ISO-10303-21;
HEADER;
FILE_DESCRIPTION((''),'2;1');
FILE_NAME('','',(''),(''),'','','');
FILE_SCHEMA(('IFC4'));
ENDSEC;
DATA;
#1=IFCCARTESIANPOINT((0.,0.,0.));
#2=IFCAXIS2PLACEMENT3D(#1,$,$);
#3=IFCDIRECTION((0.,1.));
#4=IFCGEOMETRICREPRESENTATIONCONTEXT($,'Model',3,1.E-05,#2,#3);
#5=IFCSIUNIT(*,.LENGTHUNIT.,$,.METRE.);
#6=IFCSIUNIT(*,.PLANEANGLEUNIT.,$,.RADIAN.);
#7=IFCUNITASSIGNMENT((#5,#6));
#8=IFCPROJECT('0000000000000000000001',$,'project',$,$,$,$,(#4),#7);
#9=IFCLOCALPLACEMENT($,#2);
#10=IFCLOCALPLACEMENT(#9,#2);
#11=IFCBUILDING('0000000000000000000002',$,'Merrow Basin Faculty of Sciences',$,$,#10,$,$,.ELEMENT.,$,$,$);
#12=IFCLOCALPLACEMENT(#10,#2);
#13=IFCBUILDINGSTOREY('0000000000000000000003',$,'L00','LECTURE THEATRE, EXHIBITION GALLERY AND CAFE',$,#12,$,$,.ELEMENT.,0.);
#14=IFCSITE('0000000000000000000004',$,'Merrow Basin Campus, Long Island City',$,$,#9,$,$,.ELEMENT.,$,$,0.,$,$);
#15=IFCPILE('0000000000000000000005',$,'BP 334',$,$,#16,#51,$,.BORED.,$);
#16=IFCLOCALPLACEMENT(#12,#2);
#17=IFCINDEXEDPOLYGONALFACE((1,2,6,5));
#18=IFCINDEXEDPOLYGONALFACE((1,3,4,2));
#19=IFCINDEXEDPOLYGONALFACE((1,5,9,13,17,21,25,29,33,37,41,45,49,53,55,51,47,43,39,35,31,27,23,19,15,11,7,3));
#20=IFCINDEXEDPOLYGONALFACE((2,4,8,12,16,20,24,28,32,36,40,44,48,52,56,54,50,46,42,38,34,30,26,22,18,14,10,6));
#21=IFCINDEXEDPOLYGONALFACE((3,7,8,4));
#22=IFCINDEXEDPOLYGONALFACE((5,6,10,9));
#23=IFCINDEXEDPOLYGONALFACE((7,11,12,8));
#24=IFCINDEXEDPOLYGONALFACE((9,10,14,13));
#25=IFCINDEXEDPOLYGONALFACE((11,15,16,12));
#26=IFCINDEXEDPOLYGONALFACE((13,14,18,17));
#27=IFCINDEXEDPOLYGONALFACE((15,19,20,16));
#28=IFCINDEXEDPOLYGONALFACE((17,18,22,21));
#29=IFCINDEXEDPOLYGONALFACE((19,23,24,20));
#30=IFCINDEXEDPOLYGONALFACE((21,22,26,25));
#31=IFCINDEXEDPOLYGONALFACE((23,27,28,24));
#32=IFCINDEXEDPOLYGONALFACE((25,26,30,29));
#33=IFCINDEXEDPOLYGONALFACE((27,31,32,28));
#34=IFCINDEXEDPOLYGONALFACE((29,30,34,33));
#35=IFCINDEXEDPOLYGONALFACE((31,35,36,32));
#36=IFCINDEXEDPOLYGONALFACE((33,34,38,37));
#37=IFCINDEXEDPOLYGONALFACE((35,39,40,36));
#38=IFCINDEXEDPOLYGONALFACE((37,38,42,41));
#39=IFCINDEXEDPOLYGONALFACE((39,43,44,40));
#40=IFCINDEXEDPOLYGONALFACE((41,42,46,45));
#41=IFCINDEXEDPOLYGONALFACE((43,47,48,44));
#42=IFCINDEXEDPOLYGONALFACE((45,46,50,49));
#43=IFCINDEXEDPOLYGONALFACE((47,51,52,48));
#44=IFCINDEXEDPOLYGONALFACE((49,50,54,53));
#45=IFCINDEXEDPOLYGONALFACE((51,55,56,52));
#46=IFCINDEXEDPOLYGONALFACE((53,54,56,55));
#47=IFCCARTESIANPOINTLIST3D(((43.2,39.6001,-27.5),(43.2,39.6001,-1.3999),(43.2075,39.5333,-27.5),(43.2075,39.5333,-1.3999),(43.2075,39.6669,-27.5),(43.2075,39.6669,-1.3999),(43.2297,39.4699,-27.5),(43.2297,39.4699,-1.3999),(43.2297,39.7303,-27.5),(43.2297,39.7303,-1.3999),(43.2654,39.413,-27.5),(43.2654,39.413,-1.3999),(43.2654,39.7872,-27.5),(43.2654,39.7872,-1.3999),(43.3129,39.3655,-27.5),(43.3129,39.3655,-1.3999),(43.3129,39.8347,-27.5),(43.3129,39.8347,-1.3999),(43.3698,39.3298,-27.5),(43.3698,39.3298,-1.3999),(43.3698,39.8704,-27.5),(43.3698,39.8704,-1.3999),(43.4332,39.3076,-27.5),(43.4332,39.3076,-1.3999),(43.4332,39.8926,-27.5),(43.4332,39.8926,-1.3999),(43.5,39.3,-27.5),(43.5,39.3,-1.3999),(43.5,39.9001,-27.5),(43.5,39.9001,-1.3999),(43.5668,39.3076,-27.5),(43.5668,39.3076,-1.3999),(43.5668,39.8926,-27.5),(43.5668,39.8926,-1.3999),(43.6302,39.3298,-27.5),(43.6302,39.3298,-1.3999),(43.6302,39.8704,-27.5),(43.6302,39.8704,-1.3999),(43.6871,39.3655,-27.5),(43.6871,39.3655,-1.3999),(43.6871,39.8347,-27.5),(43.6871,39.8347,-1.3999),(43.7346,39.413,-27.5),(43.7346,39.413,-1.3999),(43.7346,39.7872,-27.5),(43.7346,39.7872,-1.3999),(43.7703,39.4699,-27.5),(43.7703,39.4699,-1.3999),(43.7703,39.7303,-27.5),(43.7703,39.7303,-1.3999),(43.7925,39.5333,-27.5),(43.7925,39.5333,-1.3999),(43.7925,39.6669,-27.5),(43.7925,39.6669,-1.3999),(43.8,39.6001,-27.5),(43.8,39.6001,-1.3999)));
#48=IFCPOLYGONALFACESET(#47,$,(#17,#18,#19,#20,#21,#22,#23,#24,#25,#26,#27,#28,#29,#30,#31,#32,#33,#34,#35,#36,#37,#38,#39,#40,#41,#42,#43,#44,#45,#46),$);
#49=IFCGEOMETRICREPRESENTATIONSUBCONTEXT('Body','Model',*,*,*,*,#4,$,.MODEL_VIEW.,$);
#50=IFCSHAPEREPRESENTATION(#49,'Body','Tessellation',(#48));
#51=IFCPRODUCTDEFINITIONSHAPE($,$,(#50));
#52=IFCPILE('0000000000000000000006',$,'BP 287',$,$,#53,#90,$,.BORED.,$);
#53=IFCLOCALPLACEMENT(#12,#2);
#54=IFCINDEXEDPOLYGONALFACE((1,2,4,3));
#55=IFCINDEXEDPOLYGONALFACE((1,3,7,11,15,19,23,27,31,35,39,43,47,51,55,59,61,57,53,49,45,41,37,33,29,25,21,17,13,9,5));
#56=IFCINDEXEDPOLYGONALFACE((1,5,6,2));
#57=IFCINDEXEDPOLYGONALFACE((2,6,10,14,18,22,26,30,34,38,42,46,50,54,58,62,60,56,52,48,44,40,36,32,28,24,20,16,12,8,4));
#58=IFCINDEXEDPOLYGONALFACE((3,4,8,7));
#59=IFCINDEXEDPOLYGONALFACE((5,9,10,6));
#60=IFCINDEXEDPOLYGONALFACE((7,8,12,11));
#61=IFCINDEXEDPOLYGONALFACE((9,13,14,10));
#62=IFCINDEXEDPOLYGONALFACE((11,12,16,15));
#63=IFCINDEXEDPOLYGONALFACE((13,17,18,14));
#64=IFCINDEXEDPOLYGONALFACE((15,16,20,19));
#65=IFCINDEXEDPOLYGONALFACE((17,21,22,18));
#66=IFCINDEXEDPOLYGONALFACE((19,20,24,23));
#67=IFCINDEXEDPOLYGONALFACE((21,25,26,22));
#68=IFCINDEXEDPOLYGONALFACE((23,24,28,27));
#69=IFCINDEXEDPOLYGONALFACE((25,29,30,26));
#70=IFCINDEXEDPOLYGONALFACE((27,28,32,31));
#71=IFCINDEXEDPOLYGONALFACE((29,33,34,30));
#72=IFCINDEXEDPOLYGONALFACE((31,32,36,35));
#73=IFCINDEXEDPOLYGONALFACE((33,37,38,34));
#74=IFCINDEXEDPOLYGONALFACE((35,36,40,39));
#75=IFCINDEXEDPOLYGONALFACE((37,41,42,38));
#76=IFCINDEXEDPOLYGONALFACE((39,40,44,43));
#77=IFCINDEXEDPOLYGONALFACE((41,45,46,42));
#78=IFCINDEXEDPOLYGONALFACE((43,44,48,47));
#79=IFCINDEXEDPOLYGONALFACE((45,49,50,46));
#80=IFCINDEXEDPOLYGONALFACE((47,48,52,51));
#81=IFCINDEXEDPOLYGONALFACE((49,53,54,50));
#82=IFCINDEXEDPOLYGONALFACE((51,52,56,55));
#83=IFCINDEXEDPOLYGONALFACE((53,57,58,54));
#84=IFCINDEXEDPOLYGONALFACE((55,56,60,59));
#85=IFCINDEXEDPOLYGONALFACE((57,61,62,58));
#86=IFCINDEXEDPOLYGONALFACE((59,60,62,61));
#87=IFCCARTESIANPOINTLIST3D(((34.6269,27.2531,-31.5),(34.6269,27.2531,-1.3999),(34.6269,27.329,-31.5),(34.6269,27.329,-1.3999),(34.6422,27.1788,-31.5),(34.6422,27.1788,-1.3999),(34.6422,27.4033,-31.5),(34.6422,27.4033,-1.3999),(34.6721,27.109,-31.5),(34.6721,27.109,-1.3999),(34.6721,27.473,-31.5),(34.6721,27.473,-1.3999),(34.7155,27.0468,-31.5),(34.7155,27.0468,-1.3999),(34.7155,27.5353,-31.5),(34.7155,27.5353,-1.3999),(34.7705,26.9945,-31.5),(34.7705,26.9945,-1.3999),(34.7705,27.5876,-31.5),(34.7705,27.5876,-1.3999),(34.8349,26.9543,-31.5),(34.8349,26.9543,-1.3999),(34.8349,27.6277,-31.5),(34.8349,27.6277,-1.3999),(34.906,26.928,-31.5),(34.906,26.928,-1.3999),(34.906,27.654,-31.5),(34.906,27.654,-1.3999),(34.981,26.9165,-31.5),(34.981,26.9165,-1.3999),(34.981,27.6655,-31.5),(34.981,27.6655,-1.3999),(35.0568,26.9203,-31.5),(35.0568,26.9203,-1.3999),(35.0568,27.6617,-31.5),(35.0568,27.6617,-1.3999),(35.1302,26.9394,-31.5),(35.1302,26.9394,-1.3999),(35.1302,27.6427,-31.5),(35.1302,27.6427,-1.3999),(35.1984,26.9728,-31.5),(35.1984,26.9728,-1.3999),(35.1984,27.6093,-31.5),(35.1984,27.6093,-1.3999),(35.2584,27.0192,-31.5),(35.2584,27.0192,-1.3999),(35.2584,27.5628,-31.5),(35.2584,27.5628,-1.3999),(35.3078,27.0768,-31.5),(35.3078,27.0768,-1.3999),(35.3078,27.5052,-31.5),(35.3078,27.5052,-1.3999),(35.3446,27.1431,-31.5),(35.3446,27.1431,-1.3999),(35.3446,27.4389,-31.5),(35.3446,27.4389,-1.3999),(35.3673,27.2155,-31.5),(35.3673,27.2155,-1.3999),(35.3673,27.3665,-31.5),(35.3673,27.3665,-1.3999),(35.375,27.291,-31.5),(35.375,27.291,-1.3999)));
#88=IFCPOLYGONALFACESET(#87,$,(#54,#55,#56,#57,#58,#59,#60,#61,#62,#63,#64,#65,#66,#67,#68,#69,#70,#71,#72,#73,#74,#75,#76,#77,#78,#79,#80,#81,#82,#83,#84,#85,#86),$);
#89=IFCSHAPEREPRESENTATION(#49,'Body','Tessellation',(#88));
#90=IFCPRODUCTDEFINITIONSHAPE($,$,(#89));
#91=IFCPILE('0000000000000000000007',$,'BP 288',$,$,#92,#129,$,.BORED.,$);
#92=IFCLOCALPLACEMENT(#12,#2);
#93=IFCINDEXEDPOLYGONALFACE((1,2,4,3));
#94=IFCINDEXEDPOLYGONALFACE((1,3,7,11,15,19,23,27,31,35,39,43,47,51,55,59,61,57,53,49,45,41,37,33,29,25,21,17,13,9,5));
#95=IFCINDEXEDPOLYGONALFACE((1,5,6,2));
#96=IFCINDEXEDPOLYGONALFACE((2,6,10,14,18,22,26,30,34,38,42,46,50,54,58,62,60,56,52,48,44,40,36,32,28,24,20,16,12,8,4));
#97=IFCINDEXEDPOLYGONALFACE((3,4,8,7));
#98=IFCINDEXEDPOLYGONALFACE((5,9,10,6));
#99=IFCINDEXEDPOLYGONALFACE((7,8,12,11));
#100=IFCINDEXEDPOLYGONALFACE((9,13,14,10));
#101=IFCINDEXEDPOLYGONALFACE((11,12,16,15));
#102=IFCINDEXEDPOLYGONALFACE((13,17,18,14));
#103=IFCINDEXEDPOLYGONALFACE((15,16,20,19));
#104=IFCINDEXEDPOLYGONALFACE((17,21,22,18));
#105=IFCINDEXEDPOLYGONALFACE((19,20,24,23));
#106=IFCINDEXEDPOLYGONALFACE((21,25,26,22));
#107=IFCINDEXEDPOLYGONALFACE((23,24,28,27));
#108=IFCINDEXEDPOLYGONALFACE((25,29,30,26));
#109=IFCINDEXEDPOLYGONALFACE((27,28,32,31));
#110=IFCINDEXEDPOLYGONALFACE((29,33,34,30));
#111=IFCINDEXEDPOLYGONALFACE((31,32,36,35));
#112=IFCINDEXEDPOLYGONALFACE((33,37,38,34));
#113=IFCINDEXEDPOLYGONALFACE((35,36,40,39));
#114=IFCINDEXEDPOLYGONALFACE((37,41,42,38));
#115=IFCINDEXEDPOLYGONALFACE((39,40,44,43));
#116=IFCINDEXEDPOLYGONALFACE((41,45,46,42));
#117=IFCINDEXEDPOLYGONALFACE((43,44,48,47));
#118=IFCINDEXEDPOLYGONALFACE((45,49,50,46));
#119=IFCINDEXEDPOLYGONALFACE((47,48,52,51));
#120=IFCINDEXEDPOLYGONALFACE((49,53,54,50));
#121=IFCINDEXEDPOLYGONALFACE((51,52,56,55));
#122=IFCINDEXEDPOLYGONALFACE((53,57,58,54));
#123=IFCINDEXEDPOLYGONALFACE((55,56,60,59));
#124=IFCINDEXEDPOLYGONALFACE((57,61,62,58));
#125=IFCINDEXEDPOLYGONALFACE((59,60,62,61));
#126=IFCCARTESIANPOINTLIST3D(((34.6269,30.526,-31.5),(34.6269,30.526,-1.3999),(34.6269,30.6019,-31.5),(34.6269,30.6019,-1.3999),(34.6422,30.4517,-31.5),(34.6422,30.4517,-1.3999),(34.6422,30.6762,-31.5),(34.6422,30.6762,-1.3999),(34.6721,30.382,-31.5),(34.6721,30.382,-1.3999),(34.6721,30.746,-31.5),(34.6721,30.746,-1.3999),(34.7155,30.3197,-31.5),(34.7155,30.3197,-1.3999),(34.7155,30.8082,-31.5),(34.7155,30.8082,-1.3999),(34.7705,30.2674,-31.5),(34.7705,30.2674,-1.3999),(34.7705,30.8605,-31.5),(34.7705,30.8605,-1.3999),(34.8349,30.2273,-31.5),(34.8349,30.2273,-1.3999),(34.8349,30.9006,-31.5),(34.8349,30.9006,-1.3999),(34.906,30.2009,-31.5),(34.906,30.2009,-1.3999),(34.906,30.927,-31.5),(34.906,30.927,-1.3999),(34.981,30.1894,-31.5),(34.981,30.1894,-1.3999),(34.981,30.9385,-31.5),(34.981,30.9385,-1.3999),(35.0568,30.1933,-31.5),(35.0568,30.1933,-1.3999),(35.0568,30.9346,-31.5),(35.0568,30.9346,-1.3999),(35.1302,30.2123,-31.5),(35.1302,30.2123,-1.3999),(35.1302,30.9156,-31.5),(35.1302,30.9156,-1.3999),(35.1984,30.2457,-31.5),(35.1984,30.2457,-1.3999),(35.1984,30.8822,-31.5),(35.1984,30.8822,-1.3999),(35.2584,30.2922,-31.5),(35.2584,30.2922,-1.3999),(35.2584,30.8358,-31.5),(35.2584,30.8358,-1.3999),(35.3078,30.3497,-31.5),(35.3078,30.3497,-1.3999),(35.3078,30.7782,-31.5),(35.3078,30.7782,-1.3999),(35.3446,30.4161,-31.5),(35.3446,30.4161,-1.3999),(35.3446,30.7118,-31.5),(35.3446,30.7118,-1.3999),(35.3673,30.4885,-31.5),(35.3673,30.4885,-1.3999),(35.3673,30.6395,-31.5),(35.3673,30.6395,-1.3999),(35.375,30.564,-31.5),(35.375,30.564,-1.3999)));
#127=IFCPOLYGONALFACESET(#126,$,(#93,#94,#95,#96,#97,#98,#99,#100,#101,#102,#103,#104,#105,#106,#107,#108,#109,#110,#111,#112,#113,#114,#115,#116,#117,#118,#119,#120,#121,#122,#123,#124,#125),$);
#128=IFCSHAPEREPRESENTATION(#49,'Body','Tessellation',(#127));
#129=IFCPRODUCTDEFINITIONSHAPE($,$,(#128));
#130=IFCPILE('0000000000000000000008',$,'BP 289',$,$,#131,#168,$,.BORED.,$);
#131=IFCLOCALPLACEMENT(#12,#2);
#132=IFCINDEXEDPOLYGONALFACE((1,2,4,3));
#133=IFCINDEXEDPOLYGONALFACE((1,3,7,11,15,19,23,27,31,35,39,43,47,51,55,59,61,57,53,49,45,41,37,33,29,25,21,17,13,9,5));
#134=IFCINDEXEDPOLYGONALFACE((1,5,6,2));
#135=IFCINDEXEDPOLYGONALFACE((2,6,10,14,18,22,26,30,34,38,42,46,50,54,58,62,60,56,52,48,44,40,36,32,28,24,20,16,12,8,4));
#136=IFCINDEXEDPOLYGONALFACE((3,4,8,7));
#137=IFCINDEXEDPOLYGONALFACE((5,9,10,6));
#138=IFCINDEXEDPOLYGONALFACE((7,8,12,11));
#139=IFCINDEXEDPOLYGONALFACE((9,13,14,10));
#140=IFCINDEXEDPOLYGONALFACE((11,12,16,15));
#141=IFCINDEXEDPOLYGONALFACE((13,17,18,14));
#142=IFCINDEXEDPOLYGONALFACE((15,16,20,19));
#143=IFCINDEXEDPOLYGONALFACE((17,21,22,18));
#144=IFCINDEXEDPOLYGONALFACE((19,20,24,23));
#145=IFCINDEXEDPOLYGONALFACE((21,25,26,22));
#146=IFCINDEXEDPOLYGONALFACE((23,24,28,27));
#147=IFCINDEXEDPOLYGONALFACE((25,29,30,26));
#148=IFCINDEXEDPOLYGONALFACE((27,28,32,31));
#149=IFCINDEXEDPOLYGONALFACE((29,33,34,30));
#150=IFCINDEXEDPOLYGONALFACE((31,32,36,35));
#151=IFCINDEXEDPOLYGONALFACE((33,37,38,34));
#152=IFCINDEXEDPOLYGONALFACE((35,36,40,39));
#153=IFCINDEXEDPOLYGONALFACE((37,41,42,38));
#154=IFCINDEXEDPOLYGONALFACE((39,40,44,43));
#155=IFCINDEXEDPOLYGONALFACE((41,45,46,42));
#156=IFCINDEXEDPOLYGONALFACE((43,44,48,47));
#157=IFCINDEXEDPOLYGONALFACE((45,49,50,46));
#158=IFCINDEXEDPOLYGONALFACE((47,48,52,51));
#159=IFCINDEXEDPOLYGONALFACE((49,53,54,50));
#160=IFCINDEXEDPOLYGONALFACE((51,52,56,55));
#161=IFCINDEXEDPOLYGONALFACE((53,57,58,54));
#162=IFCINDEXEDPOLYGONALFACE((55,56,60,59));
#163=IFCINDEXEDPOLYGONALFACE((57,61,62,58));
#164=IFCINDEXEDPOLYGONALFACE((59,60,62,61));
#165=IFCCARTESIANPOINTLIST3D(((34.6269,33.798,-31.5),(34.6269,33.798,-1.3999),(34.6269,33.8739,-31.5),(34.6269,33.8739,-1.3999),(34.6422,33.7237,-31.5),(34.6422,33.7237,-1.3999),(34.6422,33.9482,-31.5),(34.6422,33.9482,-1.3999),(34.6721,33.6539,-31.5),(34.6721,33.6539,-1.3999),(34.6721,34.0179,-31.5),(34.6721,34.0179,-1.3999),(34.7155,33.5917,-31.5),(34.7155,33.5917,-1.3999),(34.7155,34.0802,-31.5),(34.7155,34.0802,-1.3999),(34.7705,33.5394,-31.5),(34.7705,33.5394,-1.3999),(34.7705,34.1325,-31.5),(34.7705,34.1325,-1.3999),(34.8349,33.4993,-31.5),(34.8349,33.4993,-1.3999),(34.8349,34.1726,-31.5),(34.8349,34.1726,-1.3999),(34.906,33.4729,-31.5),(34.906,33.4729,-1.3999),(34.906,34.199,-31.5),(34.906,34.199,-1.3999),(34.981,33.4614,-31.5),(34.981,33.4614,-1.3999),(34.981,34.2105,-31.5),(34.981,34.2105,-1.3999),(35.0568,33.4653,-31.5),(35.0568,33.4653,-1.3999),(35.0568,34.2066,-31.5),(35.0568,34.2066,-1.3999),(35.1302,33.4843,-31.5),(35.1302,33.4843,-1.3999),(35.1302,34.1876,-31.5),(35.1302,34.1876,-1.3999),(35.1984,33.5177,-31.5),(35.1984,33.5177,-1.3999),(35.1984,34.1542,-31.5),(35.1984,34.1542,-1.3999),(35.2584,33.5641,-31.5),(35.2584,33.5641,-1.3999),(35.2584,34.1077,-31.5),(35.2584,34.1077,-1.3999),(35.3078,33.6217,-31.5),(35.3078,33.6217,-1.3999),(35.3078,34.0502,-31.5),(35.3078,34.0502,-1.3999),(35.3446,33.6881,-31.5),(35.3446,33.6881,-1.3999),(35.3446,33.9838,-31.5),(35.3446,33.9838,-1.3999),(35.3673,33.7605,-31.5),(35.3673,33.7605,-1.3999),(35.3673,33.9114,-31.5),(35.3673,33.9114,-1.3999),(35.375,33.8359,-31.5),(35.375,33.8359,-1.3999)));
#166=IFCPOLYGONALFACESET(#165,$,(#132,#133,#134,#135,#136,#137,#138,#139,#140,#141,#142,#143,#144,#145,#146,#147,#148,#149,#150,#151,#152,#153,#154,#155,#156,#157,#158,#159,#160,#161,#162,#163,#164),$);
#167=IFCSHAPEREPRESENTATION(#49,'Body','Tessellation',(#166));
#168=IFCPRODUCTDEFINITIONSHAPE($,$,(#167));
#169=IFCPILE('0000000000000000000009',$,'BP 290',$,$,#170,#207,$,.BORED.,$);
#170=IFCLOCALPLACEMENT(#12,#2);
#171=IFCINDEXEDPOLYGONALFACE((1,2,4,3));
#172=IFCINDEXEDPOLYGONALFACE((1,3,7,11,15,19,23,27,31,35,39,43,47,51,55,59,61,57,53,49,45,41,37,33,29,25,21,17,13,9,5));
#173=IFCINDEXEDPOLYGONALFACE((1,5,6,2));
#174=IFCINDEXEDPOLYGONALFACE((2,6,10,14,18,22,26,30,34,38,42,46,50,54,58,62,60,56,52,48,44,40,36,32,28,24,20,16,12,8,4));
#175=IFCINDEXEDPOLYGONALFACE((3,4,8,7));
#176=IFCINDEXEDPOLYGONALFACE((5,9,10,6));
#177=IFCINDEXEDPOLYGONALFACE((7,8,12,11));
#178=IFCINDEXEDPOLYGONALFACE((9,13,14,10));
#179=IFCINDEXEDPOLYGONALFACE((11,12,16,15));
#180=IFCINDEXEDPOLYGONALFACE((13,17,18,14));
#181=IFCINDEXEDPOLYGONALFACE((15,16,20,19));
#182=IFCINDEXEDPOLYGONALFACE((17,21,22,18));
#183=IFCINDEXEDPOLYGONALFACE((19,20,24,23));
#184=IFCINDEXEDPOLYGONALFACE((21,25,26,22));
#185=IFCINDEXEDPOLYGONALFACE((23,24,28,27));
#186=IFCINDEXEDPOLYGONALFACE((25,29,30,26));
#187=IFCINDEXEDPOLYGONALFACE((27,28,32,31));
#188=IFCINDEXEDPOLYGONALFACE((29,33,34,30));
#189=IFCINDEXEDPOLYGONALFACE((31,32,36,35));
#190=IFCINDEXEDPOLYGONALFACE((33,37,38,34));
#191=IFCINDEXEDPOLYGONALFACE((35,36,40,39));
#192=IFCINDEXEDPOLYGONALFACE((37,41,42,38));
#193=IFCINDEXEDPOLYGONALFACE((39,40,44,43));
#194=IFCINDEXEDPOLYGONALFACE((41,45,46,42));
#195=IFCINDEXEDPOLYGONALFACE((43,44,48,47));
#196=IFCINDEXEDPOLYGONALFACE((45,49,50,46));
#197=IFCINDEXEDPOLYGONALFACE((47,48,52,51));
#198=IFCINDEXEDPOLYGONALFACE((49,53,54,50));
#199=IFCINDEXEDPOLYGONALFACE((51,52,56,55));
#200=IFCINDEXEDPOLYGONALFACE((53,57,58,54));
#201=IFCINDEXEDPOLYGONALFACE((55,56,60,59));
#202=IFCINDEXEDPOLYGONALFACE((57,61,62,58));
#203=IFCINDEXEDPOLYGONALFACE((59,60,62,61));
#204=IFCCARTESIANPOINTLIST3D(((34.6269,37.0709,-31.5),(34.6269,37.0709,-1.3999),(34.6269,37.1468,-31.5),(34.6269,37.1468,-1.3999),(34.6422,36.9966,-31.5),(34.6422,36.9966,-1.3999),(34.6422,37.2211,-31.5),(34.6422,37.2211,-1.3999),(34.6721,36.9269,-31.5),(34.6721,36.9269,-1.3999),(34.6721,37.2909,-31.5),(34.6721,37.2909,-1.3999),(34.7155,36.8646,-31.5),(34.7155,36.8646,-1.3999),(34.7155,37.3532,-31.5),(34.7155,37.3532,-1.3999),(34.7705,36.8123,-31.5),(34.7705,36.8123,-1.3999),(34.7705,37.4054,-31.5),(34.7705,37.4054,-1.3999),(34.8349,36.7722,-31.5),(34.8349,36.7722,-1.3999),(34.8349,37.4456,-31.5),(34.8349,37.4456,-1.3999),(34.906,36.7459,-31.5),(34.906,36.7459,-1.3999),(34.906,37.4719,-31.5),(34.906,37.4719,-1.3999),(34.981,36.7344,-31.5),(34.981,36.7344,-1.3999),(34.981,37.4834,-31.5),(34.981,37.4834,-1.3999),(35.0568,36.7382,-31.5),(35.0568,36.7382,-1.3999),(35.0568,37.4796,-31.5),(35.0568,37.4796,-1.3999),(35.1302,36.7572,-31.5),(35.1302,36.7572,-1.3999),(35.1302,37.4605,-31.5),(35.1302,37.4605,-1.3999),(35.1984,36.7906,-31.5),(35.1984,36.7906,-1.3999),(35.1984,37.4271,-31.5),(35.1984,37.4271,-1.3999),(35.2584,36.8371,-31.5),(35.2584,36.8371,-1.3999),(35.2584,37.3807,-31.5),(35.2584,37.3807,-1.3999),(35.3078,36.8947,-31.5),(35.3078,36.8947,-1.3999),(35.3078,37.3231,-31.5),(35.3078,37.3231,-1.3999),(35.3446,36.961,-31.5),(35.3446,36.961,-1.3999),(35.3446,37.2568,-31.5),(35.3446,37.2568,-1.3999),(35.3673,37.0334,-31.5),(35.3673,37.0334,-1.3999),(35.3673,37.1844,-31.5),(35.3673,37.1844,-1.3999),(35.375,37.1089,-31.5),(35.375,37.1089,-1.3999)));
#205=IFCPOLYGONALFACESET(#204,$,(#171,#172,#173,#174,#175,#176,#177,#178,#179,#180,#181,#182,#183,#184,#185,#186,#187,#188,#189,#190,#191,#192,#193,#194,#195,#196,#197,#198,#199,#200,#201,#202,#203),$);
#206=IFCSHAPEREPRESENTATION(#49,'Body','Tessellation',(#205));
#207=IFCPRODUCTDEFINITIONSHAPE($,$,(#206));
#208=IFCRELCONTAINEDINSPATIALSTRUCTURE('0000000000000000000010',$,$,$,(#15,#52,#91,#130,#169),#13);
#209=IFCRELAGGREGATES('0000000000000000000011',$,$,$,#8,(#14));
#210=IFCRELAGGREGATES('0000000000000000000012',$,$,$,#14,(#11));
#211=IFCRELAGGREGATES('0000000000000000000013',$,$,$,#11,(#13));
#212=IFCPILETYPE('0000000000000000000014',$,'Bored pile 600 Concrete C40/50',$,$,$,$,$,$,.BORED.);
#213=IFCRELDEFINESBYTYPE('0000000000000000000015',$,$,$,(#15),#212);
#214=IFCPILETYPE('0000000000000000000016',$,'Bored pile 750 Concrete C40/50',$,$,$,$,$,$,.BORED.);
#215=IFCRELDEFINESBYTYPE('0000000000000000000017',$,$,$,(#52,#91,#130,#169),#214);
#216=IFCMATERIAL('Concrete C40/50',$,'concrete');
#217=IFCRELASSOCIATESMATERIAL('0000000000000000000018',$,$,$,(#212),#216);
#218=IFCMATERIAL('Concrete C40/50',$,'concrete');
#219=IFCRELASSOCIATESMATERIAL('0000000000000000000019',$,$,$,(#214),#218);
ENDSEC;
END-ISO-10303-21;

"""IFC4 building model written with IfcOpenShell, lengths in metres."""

from ifc_helpers import new_model, si_unit, direction, frame, origin, origin_2d, place, context, subcontext, project, spatial, circle, extrude, material, material_profile, profile_set, type_object, element, save


model = new_model("IFC4")

# Units and contexts
model_context = context("Model", 3, precision=1e-05, world=origin(), true_north=direction((0.0, 1.0)))
body_context = subcontext(model_context, "Body", "Model", "MODEL_VIEW")
ifc_project = project(units=[si_unit("LENGTHUNIT", "METRE"), si_unit("PLANEANGLEUNIT", "RADIAN")], contexts=[model_context])

# Site, building, storey
site_placement = place(None, origin())
site = spatial("IfcSite", under=ifc_project, at=site_placement, Name="Merrow Basin Campus, Long Island City", CompositionType="ELEMENT", RefElevation=0.0)
building_placement = place(site_placement, origin())
building = spatial("IfcBuilding", under=site, at=building_placement, Name="Merrow Basin Faculty of Sciences", CompositionType="ELEMENT")
storey_placement = place(building_placement, origin())
storey = spatial("IfcBuildingStorey", under=building, at=storey_placement, Name="L00", Description="LECTURE THEATRE, EXHIBITION GALLERY AND CAFE", CompositionType="ELEMENT", Elevation=0.0)

# Piles
ifc_material_1 = material(Name="Concrete C40/50", Category="concrete")
ifc_material_profile_1 = material_profile(ifc_material_1, circle(Radius=0.3, at=origin_2d()))
ifc_profile_set_1 = profile_set([ifc_material_profile_1], Name="Concrete C40/50")
pile_type_1 = type_object("IfcPileType", Name="Bored pile 600 Concrete C40/50", PredefinedType="BORED", material=ifc_profile_set_1)
for number, where, z_axis, x_axis, name in (
    (1, (43.5, 39.6001, -1.3999), (0.0, 0.0, -1.0), (1.0, 0.0, 0.0), "BP 334"),
):
    element("IfcPile", number, at=place(storey_placement, frame(where, z_axis=z_axis, x_axis=x_axis)), inside=storey, type_object=pile_type_1, Name=name, PredefinedType="BORED", context=body_context, shape_type="SweptSolid", body=[
        extrude(circle(Radius=0.3, at=origin_2d()), origin(), (0.0, 0.0, 1.0), 26.1001),
    ])
ifc_material_2 = material(Name="Concrete C40/50", Category="concrete")
ifc_material_profile_2 = material_profile(ifc_material_2, circle(Radius=0.375, at=origin_2d()))
ifc_profile_set_2 = profile_set([ifc_material_profile_2], Name="Concrete C40/50")
pile_type_2 = type_object("IfcPileType", Name="Bored pile 750 Concrete C40/50", PredefinedType="BORED", material=ifc_profile_set_2)
for number, where, z_axis, x_axis, name in (
    (2, (35.0, 27.291, -1.3999), (0.0, 0.0, -1.0), (1.0, 0.0, 0.0), "BP 287"),
    (3, (35.0, 30.564, -1.3999), (0.0, 0.0, -1.0), (1.0, 0.0, 0.0), "BP 288"),
    (4, (35.0, 33.8359, -1.3999), (0.0, 0.0, -1.0), (1.0, 0.0, 0.0), "BP 289"),
    (5, (35.0, 37.1089, -1.3999), (0.0, 0.0, -1.0), (1.0, 0.0, 0.0), "BP 290"),
):
    element("IfcPile", number, at=place(storey_placement, frame(where, z_axis=z_axis, x_axis=x_axis)), inside=storey, type_object=pile_type_2, Name=name, PredefinedType="BORED", context=body_context, shape_type="SweptSolid", body=[
        extrude(circle(Radius=0.375, at=origin_2d()), origin(), (0.0, 0.0, 1.0), 30.1001),
    ])

save(model, "model.ifc")
